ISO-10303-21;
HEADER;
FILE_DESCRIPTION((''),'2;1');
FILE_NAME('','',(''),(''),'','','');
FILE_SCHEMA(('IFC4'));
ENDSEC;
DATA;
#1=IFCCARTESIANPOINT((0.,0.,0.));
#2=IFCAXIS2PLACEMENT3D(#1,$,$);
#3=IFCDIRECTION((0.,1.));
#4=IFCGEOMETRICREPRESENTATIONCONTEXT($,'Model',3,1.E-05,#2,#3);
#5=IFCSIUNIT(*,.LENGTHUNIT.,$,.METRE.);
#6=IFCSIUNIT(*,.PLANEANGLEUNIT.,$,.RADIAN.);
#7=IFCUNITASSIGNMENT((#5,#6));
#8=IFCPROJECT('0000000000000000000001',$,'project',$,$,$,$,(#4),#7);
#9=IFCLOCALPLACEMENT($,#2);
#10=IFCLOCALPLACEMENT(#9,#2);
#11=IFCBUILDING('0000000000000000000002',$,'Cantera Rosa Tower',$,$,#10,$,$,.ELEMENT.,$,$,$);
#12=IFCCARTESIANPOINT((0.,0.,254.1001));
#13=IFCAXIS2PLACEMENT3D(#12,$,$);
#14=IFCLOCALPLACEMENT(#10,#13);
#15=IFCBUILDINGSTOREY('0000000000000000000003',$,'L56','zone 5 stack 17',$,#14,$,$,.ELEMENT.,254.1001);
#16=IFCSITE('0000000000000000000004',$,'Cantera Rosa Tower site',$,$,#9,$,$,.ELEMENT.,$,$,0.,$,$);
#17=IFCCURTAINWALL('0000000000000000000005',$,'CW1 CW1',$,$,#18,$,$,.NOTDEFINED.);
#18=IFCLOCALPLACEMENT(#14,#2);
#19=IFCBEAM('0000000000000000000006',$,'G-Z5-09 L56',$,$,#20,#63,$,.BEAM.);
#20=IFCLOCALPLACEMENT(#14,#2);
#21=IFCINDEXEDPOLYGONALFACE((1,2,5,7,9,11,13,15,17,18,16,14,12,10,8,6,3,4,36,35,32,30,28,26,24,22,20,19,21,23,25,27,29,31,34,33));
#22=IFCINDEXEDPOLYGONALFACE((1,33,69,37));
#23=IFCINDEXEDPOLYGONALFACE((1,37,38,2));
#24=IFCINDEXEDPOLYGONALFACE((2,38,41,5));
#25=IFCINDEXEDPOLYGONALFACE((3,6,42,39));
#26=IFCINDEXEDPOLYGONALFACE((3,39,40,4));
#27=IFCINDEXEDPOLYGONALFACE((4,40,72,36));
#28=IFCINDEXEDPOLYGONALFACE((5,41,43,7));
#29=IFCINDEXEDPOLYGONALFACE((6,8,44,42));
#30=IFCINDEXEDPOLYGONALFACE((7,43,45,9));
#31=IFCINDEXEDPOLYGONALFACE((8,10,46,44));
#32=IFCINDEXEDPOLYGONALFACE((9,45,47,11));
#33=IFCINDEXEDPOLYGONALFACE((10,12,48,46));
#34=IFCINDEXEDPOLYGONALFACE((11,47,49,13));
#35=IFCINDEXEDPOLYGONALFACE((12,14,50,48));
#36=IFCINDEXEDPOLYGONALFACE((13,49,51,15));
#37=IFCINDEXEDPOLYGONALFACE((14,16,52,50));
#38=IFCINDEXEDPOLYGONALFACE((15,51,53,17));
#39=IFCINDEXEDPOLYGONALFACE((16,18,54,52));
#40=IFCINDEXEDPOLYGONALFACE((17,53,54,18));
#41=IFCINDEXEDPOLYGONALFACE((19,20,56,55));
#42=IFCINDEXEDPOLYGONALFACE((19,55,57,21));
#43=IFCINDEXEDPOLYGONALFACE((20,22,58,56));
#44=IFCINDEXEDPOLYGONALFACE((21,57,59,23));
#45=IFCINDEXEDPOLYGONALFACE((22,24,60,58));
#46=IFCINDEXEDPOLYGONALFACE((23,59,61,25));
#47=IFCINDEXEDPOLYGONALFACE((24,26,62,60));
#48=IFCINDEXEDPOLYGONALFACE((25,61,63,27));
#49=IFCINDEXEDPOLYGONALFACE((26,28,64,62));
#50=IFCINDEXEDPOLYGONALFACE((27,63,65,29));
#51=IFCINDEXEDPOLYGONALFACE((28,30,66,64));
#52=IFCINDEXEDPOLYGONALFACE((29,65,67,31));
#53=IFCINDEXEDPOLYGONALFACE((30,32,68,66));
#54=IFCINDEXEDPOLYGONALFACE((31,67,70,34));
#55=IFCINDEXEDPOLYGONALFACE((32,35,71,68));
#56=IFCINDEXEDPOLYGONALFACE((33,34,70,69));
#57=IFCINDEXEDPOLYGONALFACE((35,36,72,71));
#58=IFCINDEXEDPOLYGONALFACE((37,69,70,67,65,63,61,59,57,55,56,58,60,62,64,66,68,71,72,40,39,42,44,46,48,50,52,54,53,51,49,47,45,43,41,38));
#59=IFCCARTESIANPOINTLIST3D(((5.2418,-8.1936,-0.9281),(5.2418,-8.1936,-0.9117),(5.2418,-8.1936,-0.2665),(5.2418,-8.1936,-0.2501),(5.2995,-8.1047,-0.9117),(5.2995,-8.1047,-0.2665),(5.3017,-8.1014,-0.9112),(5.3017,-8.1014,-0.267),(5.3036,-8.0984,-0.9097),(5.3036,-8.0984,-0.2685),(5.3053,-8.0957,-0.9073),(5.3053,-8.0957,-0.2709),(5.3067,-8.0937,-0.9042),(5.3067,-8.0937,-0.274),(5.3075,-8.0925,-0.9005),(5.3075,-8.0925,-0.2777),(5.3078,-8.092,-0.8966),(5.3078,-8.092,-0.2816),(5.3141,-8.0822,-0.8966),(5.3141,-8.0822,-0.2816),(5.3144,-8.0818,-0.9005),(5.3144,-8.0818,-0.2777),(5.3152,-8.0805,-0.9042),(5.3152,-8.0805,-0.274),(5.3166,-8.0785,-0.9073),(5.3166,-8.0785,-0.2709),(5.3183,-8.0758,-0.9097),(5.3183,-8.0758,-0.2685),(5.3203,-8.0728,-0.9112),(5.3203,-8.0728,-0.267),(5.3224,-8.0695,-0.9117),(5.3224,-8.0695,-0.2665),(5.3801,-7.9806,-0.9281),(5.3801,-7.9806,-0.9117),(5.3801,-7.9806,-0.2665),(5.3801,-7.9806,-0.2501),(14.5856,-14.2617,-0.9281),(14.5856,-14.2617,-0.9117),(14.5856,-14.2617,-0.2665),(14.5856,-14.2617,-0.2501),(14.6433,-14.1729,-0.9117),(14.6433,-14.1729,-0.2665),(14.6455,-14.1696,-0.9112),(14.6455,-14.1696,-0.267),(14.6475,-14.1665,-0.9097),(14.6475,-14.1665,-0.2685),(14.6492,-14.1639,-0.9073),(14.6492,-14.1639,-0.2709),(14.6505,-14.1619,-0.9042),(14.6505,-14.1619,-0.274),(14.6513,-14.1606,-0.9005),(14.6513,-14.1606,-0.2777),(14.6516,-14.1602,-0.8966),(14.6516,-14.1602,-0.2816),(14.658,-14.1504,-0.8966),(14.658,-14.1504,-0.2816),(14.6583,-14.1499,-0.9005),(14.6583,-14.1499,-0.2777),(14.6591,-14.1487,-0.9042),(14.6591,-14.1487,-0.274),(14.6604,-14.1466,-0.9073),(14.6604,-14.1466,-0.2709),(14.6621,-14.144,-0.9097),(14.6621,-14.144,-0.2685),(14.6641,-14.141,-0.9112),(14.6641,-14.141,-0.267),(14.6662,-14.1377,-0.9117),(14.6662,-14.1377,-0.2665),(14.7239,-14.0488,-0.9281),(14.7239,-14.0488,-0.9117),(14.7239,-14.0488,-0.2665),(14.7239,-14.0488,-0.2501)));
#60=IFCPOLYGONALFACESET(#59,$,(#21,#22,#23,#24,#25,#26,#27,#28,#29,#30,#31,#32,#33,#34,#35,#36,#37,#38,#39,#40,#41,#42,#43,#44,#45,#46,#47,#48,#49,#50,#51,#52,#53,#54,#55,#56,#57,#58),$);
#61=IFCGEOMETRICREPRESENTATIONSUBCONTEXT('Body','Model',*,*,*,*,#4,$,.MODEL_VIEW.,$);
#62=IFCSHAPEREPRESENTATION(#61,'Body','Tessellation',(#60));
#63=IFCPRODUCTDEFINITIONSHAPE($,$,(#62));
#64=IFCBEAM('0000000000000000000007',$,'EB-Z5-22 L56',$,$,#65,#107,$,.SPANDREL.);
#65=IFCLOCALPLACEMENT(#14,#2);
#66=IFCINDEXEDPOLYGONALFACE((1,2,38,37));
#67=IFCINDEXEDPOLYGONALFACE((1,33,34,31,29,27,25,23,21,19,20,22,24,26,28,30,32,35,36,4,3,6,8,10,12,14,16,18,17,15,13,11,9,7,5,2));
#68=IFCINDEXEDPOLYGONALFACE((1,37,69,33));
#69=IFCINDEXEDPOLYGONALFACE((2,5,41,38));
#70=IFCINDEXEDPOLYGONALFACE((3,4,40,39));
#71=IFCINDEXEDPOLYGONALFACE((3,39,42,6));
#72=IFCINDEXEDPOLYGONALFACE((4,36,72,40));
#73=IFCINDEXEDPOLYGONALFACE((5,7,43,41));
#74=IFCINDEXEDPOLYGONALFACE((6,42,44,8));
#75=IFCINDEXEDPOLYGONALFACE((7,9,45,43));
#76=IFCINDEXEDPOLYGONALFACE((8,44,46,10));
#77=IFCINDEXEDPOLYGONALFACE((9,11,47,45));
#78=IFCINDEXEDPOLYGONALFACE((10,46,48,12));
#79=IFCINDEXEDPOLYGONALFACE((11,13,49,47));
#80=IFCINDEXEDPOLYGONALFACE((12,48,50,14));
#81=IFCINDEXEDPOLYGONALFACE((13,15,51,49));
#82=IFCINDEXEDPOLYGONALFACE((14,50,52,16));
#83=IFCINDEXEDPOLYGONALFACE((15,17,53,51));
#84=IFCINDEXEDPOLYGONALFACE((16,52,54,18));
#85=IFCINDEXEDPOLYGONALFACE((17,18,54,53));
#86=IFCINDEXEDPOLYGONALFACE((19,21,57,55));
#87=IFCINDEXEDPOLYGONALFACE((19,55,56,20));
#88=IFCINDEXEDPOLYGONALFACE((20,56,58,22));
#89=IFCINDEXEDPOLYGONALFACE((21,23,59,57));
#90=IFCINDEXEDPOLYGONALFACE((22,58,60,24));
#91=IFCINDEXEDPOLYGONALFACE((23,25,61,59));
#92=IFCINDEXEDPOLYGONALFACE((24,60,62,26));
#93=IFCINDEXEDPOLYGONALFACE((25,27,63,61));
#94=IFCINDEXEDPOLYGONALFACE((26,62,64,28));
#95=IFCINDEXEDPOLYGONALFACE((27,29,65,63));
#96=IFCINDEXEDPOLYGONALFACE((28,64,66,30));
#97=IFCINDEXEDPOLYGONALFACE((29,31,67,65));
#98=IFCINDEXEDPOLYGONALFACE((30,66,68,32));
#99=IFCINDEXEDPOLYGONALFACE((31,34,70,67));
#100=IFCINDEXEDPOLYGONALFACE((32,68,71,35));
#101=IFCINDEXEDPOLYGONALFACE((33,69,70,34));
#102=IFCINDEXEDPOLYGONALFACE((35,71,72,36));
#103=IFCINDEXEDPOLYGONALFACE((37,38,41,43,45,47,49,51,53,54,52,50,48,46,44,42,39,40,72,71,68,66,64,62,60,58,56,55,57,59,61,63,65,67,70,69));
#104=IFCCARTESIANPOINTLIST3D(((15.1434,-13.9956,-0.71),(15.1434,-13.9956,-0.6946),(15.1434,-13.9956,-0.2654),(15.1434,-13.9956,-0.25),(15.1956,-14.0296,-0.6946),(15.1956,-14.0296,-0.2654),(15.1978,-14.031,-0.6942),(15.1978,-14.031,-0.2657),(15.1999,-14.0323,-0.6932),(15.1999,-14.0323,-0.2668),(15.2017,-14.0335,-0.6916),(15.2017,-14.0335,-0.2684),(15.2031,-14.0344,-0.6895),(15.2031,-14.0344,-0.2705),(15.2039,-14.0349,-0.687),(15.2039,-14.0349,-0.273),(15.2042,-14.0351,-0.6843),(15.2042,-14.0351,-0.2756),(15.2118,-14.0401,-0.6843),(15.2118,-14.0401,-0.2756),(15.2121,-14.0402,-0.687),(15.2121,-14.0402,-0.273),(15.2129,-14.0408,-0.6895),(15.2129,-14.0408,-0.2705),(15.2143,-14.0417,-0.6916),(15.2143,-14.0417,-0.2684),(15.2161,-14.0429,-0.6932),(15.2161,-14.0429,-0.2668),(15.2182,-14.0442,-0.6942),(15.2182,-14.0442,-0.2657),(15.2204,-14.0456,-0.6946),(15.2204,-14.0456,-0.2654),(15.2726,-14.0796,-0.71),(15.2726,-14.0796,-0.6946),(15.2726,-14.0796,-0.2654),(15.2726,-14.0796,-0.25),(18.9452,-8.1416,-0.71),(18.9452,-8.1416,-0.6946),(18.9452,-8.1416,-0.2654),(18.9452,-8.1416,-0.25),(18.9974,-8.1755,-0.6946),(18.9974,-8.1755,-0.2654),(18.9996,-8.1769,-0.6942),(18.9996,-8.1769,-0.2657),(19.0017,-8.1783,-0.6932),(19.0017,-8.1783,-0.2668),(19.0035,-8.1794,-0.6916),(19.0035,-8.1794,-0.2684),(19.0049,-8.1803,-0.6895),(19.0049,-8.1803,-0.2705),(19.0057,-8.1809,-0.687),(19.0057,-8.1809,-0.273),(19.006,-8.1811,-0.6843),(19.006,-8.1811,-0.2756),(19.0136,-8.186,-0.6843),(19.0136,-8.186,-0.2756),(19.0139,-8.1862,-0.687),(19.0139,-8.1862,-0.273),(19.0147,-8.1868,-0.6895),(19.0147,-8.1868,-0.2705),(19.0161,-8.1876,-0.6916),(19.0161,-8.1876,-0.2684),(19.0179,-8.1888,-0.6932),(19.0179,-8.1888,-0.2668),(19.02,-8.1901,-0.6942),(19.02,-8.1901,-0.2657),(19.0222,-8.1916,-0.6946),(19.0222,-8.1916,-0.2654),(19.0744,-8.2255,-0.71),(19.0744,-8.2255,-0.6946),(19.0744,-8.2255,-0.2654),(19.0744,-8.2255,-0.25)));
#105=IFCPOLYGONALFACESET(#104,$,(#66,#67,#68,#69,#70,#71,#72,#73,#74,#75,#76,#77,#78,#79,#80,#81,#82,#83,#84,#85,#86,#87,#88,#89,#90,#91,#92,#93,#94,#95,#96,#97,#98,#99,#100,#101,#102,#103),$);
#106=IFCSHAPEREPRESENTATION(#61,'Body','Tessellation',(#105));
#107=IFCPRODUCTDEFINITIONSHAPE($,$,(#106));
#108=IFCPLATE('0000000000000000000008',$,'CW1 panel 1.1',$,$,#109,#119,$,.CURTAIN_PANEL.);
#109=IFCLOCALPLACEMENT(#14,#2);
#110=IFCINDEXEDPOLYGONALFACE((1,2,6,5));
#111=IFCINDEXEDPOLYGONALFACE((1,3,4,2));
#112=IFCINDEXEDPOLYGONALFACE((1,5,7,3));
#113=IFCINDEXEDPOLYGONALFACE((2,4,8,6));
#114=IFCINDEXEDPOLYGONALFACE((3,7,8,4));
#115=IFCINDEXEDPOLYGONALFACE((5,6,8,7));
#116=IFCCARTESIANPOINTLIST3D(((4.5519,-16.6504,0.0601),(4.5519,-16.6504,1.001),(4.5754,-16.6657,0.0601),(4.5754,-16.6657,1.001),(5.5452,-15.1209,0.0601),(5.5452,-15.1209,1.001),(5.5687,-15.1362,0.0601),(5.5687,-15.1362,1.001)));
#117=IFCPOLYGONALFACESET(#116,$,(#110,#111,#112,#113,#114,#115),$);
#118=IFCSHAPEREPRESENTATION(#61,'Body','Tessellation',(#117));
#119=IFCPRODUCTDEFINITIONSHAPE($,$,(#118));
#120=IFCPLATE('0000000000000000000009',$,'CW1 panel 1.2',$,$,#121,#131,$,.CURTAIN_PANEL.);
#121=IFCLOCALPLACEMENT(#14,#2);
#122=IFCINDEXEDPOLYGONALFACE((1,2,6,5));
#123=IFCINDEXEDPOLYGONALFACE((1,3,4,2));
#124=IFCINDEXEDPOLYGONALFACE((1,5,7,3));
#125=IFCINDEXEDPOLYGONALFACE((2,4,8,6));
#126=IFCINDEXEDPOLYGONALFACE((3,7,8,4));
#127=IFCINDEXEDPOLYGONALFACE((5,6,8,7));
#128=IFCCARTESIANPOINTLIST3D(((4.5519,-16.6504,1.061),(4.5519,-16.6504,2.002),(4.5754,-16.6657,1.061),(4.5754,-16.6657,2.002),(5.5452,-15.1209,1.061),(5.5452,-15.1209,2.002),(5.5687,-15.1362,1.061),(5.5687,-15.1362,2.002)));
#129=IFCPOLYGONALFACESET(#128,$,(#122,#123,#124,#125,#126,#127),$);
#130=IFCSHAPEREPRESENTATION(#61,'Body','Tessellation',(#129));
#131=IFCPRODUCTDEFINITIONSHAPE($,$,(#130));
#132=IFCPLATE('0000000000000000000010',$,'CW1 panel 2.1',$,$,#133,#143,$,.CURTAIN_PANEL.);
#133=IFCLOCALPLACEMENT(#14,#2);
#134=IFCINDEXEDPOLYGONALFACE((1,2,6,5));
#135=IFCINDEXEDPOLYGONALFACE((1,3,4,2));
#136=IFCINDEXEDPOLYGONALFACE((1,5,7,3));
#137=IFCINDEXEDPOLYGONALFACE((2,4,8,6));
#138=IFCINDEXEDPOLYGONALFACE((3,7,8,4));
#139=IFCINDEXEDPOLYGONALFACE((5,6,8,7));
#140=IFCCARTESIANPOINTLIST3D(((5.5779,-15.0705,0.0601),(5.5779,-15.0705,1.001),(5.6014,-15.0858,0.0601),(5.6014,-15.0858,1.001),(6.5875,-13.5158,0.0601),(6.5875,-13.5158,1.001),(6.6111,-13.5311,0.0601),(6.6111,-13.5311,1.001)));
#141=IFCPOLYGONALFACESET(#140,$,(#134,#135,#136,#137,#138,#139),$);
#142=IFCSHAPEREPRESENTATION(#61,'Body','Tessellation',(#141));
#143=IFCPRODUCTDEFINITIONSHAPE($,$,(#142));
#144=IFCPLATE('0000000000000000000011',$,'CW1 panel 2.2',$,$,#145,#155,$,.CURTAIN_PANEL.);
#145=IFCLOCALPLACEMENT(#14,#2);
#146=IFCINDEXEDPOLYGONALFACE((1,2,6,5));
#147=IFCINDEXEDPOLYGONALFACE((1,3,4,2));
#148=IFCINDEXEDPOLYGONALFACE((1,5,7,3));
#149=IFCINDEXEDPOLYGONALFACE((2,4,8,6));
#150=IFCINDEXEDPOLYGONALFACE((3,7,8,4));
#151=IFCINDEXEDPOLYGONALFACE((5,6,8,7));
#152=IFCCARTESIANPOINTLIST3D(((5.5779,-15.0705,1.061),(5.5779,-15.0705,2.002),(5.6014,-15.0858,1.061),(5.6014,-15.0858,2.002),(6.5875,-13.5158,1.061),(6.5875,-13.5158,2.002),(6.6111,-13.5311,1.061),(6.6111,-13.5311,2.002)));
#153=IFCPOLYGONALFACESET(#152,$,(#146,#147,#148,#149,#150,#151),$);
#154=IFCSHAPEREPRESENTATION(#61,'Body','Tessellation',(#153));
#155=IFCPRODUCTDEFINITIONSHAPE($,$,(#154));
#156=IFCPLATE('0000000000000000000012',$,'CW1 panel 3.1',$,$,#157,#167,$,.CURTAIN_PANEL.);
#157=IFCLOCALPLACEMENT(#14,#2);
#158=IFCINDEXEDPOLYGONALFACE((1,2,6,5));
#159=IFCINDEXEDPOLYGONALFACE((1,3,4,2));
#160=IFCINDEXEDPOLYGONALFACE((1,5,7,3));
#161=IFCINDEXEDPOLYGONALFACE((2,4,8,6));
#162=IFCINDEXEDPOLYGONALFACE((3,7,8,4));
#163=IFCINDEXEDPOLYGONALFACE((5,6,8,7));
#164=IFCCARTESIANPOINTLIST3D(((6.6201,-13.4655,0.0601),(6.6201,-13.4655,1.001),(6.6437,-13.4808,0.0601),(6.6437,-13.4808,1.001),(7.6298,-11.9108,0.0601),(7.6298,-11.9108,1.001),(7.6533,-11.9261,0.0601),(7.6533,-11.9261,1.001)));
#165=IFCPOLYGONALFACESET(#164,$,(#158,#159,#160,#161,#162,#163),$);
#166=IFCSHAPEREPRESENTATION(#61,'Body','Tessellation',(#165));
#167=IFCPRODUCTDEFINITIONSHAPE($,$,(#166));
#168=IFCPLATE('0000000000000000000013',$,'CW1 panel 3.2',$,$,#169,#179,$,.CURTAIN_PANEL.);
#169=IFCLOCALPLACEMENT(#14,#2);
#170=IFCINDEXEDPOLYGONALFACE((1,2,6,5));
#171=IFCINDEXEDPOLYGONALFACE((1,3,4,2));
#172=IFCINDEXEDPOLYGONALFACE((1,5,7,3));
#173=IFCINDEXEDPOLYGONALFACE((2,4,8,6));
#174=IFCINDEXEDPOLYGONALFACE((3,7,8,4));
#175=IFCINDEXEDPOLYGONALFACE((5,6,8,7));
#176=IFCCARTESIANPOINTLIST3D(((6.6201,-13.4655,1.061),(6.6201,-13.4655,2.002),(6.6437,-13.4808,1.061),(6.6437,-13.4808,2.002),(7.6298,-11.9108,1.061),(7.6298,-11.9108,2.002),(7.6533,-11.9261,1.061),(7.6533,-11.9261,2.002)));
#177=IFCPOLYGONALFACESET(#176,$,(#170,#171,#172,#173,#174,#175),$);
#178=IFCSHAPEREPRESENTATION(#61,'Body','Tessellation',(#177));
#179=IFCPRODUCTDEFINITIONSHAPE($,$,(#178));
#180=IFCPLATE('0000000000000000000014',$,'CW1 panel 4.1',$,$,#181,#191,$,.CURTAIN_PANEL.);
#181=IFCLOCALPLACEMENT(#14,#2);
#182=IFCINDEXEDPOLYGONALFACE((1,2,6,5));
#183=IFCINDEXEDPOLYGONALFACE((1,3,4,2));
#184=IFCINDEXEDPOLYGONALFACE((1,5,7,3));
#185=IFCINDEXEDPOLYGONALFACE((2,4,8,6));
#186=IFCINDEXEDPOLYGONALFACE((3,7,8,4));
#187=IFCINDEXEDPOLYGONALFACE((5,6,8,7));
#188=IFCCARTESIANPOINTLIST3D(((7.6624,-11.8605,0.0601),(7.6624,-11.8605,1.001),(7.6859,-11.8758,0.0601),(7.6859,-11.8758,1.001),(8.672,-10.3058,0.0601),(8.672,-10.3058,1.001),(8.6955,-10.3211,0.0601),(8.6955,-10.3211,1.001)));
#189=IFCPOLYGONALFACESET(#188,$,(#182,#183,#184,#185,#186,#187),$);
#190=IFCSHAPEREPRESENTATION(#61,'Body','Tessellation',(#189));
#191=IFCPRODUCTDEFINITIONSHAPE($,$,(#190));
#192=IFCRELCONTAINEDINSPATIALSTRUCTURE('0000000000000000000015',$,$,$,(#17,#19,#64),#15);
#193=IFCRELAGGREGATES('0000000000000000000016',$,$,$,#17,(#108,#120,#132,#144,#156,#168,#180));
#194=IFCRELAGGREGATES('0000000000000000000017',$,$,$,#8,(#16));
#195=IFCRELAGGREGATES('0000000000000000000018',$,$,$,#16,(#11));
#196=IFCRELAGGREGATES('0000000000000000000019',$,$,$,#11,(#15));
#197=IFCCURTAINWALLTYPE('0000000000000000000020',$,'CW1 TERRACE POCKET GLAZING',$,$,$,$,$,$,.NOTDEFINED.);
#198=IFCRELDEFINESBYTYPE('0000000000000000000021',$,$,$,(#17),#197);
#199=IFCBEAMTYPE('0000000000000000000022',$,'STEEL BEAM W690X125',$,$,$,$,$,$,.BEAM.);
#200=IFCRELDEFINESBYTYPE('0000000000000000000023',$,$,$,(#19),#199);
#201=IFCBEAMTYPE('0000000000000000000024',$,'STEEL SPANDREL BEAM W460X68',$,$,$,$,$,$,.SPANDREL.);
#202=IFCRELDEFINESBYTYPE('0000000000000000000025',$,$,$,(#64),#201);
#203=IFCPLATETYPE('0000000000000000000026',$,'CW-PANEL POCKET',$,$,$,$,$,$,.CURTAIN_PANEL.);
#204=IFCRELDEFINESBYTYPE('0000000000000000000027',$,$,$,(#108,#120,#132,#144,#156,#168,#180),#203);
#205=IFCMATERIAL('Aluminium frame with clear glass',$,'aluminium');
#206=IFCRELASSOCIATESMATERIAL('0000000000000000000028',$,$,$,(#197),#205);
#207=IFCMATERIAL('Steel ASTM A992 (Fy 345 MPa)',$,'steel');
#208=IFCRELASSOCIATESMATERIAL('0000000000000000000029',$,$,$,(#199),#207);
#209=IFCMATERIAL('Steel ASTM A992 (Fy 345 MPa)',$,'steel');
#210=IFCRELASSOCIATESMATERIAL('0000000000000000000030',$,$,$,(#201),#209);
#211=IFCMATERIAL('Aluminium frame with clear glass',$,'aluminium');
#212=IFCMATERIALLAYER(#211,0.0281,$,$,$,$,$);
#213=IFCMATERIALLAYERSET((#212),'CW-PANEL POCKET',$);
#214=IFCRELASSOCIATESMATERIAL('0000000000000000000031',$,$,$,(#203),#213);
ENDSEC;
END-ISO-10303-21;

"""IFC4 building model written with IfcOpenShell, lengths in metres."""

from ifc_helpers import new_model, si_unit, direction, frame, origin, origin_2d, place, context, subcontext, project, spatial, rectangle, i_section, extrude, material, layer, layer_set, material_profile, profile_set, type_object, element, aggregate, save


model = new_model("IFC4")

# Units and contexts
model_context = context("Model", 3, precision=1e-05, world=origin(), true_north=direction((0.0, 1.0)))
body_context = subcontext(model_context, "Body", "Model", "MODEL_VIEW")
ifc_project = project(units=[si_unit("LENGTHUNIT", "METRE"), si_unit("PLANEANGLEUNIT", "RADIAN")], contexts=[model_context])

# Site, building, storey
site_placement = place(None, origin())
site = spatial("IfcSite", under=ifc_project, at=site_placement, Name="Cantera Rosa Tower site", CompositionType="ELEMENT", RefElevation=0.0)
building_placement = place(site_placement, origin())
building = spatial("IfcBuilding", under=site, at=building_placement, Name="Cantera Rosa Tower", CompositionType="ELEMENT")
storey_placement = place(building_placement, frame((0.0, 0.0, 254.1001)))
storey = spatial("IfcBuildingStorey", under=building, at=storey_placement, Name="L56", Description="zone 5 stack 17", CompositionType="ELEMENT", Elevation=254.1001)

# Curtain wall
ifc_material_1 = material(Name="Aluminium frame with clear glass", Category="aluminium")
curtain_wall_type = type_object("IfcCurtainWallType", Name="CW1 TERRACE POCKET GLAZING", PredefinedType="NOTDEFINED", material=ifc_material_1)
curtain_wall_placement = place(storey_placement, origin())
curtain_wall = element("IfcCurtainWall", 1, at=curtain_wall_placement, inside=storey, type_object=curtain_wall_type, Name="CW1 CW1", PredefinedType="NOTDEFINED")

# Beams
ifc_material_2 = material(Name="Steel ASTM A992 (Fy 345 MPa)", Category="steel")
ifc_material_profile_1 = material_profile(ifc_material_2, i_section(OverallWidth=0.2539, OverallDepth=0.678, WebThickness=0.0117, FlangeThickness=0.0164, FilletRadius=0.0151, at=origin_2d()), Name="W690X125")
ifc_profile_set_1 = profile_set([ifc_material_profile_1], Name="Steel ASTM A992 (Fy 345 MPa)")
beam_type_1 = type_object("IfcBeamType", Name="STEEL BEAM W690X125", PredefinedType="BEAM", material=ifc_profile_set_1)
beam_1_placement = place(storey_placement, frame((14.6548, -14.1553, -0.5891), z_axis=(-0.838662, 0.544652, 0.0), x_axis=(-0.544652, -0.838662, 0.0)))
element("IfcBeam", 2, at=beam_1_placement, inside=storey, type_object=beam_type_1, Name="G-Z5-09 L56", PredefinedType="BEAM", context=body_context, shape_type="SweptSolid", body=[
    extrude(i_section(OverallWidth=0.2539, OverallDepth=0.678, WebThickness=0.0117, FlangeThickness=0.0164, FilletRadius=0.0151, at=origin_2d()), origin(), (0.0, 0.0, 1.0), 11.1414),
])
ifc_material_3 = material(Name="Steel ASTM A992 (Fy 345 MPa)", Category="steel")
ifc_material_profile_2 = material_profile(ifc_material_3, i_section(OverallWidth=0.1541, OverallDepth=0.46, WebThickness=0.009, FlangeThickness=0.0154, FilletRadius=0.0103, at=origin_2d()), Name="W460X68")
ifc_profile_set_2 = profile_set([ifc_material_profile_2], Name="Steel ASTM A992 (Fy 345 MPa)")
beam_type_2 = type_object("IfcBeamType", Name="STEEL SPANDREL BEAM W460X68", PredefinedType="SPANDREL", material=ifc_profile_set_2)
beam_2_placement = place(storey_placement, frame((15.208, -14.0376, -0.48), z_axis=(0.544651, 0.838663, 0.0), x_axis=(-0.838663, 0.544651, 0.0)))
element("IfcBeam", 3, at=beam_2_placement, inside=storey, type_object=beam_type_2, Name="EB-Z5-22 L56", PredefinedType="SPANDREL", context=body_context, shape_type="SweptSolid", body=[
    extrude(i_section(OverallWidth=0.1541, OverallDepth=0.46, WebThickness=0.009, FlangeThickness=0.0154, FilletRadius=0.0103, at=origin_2d()), origin(), (0.0, 0.0, 1.0), 6.9802),
])

# Plates
ifc_material_4 = material(Name="Aluminium frame with clear glass", Category="aluminium")
ifc_layer_1 = layer(ifc_material_4, 0.0281)
ifc_layer_set_1 = layer_set([ifc_layer_1], Name="CW-PANEL POCKET")
plate_type = type_object("IfcPlateType", Name="CW-PANEL POCKET", PredefinedType="CURTAIN_PANEL", material=ifc_layer_set_1)
plate_1_placement = place(storey_placement, frame((5.0603, -15.8933, 0.0601), z_axis=(0.0, 0.0, 1.0), x_axis=(0.544639, 0.838671, 0.0)))
plate_1 = element("IfcPlate", 4, at=plate_1_placement, type_object=plate_type, Name="CW1 panel 1.1", PredefinedType="CURTAIN_PANEL", context=body_context, shape_type="SweptSolid", body=[
    extrude(rectangle(XDim=1.8237, YDim=0.0281, at=origin_2d()), origin(), (0.0, 0.0, 1.0), 0.9409),
])
plate_2_placement = place(storey_placement, frame((5.0603, -15.8933, 1.061), z_axis=(0.0, 0.0, 1.0), x_axis=(0.544639, 0.838671, 0.0)))
plate_2 = element("IfcPlate", 5, at=plate_2_placement, type_object=plate_type, Name="CW1 panel 1.2", PredefinedType="CURTAIN_PANEL", context=body_context, shape_type="SweptSolid", body=[
    extrude(rectangle(XDim=1.8237, YDim=0.0281, at=origin_2d()), origin(), (0.0, 0.0, 1.0), 0.9409),
])
plate_3_placement = place(storey_placement, frame((6.0945, -14.3008, 0.0601), z_axis=(0.0, 0.0, 1.0), x_axis=(0.544639, 0.838671, 0.0)))
plate_3 = element("IfcPlate", 6, at=plate_3_placement, type_object=plate_type, Name="CW1 panel 2.1", PredefinedType="CURTAIN_PANEL", context=body_context, shape_type="SweptSolid", body=[
    extrude(rectangle(XDim=1.8538, YDim=0.0281, at=origin_2d()), origin(), (0.0, 0.0, 1.0), 0.9409),
])
plate_4_placement = place(storey_placement, frame((6.0945, -14.3008, 1.061), z_axis=(0.0, 0.0, 1.0), x_axis=(0.544639, 0.838671, 0.0)))
plate_4 = element("IfcPlate", 7, at=plate_4_placement, type_object=plate_type, Name="CW1 panel 2.2", PredefinedType="CURTAIN_PANEL", context=body_context, shape_type="SweptSolid", body=[
    extrude(rectangle(XDim=1.8538, YDim=0.0281, at=origin_2d()), origin(), (0.0, 0.0, 1.0), 0.9409),
])
plate_5_placement = place(storey_placement, frame((7.1367, -12.6958, 0.0601), z_axis=(0.0, 0.0, 1.0), x_axis=(0.544639, 0.838671, 0.0)))
plate_5 = element("IfcPlate", 8, at=plate_5_placement, type_object=plate_type, Name="CW1 panel 3.1", PredefinedType="CURTAIN_PANEL", context=body_context, shape_type="SweptSolid", body=[
    extrude(rectangle(XDim=1.8538, YDim=0.0281, at=origin_2d()), origin(), (0.0, 0.0, 1.0), 0.9409),
])
plate_6_placement = place(storey_placement, frame((7.1367, -12.6958, 1.061), z_axis=(0.0, 0.0, 1.0), x_axis=(0.544639, 0.838671, 0.0)))
plate_6 = element("IfcPlate", 9, at=plate_6_placement, type_object=plate_type, Name="CW1 panel 3.2", PredefinedType="CURTAIN_PANEL", context=body_context, shape_type="SweptSolid", body=[
    extrude(rectangle(XDim=1.8538, YDim=0.0281, at=origin_2d()), origin(), (0.0, 0.0, 1.0), 0.9409),
])
plate_7_placement = place(storey_placement, frame((8.179, -11.0908, 0.0601), z_axis=(0.0, 0.0, 1.0), x_axis=(0.544639, 0.838671, 0.0)))
plate_7 = element("IfcPlate", 10, at=plate_7_placement, type_object=plate_type, Name="CW1 panel 4.1", PredefinedType="CURTAIN_PANEL", context=body_context, shape_type="SweptSolid", body=[
    extrude(rectangle(XDim=1.8538, YDim=0.0281, at=origin_2d()), origin(), (0.0, 0.0, 1.0), 0.9409),
])
aggregate(curtain_wall, [plate_1, plate_2, plate_3, plate_4, plate_5, plate_6, plate_7])

save(model, "model.ifc")
